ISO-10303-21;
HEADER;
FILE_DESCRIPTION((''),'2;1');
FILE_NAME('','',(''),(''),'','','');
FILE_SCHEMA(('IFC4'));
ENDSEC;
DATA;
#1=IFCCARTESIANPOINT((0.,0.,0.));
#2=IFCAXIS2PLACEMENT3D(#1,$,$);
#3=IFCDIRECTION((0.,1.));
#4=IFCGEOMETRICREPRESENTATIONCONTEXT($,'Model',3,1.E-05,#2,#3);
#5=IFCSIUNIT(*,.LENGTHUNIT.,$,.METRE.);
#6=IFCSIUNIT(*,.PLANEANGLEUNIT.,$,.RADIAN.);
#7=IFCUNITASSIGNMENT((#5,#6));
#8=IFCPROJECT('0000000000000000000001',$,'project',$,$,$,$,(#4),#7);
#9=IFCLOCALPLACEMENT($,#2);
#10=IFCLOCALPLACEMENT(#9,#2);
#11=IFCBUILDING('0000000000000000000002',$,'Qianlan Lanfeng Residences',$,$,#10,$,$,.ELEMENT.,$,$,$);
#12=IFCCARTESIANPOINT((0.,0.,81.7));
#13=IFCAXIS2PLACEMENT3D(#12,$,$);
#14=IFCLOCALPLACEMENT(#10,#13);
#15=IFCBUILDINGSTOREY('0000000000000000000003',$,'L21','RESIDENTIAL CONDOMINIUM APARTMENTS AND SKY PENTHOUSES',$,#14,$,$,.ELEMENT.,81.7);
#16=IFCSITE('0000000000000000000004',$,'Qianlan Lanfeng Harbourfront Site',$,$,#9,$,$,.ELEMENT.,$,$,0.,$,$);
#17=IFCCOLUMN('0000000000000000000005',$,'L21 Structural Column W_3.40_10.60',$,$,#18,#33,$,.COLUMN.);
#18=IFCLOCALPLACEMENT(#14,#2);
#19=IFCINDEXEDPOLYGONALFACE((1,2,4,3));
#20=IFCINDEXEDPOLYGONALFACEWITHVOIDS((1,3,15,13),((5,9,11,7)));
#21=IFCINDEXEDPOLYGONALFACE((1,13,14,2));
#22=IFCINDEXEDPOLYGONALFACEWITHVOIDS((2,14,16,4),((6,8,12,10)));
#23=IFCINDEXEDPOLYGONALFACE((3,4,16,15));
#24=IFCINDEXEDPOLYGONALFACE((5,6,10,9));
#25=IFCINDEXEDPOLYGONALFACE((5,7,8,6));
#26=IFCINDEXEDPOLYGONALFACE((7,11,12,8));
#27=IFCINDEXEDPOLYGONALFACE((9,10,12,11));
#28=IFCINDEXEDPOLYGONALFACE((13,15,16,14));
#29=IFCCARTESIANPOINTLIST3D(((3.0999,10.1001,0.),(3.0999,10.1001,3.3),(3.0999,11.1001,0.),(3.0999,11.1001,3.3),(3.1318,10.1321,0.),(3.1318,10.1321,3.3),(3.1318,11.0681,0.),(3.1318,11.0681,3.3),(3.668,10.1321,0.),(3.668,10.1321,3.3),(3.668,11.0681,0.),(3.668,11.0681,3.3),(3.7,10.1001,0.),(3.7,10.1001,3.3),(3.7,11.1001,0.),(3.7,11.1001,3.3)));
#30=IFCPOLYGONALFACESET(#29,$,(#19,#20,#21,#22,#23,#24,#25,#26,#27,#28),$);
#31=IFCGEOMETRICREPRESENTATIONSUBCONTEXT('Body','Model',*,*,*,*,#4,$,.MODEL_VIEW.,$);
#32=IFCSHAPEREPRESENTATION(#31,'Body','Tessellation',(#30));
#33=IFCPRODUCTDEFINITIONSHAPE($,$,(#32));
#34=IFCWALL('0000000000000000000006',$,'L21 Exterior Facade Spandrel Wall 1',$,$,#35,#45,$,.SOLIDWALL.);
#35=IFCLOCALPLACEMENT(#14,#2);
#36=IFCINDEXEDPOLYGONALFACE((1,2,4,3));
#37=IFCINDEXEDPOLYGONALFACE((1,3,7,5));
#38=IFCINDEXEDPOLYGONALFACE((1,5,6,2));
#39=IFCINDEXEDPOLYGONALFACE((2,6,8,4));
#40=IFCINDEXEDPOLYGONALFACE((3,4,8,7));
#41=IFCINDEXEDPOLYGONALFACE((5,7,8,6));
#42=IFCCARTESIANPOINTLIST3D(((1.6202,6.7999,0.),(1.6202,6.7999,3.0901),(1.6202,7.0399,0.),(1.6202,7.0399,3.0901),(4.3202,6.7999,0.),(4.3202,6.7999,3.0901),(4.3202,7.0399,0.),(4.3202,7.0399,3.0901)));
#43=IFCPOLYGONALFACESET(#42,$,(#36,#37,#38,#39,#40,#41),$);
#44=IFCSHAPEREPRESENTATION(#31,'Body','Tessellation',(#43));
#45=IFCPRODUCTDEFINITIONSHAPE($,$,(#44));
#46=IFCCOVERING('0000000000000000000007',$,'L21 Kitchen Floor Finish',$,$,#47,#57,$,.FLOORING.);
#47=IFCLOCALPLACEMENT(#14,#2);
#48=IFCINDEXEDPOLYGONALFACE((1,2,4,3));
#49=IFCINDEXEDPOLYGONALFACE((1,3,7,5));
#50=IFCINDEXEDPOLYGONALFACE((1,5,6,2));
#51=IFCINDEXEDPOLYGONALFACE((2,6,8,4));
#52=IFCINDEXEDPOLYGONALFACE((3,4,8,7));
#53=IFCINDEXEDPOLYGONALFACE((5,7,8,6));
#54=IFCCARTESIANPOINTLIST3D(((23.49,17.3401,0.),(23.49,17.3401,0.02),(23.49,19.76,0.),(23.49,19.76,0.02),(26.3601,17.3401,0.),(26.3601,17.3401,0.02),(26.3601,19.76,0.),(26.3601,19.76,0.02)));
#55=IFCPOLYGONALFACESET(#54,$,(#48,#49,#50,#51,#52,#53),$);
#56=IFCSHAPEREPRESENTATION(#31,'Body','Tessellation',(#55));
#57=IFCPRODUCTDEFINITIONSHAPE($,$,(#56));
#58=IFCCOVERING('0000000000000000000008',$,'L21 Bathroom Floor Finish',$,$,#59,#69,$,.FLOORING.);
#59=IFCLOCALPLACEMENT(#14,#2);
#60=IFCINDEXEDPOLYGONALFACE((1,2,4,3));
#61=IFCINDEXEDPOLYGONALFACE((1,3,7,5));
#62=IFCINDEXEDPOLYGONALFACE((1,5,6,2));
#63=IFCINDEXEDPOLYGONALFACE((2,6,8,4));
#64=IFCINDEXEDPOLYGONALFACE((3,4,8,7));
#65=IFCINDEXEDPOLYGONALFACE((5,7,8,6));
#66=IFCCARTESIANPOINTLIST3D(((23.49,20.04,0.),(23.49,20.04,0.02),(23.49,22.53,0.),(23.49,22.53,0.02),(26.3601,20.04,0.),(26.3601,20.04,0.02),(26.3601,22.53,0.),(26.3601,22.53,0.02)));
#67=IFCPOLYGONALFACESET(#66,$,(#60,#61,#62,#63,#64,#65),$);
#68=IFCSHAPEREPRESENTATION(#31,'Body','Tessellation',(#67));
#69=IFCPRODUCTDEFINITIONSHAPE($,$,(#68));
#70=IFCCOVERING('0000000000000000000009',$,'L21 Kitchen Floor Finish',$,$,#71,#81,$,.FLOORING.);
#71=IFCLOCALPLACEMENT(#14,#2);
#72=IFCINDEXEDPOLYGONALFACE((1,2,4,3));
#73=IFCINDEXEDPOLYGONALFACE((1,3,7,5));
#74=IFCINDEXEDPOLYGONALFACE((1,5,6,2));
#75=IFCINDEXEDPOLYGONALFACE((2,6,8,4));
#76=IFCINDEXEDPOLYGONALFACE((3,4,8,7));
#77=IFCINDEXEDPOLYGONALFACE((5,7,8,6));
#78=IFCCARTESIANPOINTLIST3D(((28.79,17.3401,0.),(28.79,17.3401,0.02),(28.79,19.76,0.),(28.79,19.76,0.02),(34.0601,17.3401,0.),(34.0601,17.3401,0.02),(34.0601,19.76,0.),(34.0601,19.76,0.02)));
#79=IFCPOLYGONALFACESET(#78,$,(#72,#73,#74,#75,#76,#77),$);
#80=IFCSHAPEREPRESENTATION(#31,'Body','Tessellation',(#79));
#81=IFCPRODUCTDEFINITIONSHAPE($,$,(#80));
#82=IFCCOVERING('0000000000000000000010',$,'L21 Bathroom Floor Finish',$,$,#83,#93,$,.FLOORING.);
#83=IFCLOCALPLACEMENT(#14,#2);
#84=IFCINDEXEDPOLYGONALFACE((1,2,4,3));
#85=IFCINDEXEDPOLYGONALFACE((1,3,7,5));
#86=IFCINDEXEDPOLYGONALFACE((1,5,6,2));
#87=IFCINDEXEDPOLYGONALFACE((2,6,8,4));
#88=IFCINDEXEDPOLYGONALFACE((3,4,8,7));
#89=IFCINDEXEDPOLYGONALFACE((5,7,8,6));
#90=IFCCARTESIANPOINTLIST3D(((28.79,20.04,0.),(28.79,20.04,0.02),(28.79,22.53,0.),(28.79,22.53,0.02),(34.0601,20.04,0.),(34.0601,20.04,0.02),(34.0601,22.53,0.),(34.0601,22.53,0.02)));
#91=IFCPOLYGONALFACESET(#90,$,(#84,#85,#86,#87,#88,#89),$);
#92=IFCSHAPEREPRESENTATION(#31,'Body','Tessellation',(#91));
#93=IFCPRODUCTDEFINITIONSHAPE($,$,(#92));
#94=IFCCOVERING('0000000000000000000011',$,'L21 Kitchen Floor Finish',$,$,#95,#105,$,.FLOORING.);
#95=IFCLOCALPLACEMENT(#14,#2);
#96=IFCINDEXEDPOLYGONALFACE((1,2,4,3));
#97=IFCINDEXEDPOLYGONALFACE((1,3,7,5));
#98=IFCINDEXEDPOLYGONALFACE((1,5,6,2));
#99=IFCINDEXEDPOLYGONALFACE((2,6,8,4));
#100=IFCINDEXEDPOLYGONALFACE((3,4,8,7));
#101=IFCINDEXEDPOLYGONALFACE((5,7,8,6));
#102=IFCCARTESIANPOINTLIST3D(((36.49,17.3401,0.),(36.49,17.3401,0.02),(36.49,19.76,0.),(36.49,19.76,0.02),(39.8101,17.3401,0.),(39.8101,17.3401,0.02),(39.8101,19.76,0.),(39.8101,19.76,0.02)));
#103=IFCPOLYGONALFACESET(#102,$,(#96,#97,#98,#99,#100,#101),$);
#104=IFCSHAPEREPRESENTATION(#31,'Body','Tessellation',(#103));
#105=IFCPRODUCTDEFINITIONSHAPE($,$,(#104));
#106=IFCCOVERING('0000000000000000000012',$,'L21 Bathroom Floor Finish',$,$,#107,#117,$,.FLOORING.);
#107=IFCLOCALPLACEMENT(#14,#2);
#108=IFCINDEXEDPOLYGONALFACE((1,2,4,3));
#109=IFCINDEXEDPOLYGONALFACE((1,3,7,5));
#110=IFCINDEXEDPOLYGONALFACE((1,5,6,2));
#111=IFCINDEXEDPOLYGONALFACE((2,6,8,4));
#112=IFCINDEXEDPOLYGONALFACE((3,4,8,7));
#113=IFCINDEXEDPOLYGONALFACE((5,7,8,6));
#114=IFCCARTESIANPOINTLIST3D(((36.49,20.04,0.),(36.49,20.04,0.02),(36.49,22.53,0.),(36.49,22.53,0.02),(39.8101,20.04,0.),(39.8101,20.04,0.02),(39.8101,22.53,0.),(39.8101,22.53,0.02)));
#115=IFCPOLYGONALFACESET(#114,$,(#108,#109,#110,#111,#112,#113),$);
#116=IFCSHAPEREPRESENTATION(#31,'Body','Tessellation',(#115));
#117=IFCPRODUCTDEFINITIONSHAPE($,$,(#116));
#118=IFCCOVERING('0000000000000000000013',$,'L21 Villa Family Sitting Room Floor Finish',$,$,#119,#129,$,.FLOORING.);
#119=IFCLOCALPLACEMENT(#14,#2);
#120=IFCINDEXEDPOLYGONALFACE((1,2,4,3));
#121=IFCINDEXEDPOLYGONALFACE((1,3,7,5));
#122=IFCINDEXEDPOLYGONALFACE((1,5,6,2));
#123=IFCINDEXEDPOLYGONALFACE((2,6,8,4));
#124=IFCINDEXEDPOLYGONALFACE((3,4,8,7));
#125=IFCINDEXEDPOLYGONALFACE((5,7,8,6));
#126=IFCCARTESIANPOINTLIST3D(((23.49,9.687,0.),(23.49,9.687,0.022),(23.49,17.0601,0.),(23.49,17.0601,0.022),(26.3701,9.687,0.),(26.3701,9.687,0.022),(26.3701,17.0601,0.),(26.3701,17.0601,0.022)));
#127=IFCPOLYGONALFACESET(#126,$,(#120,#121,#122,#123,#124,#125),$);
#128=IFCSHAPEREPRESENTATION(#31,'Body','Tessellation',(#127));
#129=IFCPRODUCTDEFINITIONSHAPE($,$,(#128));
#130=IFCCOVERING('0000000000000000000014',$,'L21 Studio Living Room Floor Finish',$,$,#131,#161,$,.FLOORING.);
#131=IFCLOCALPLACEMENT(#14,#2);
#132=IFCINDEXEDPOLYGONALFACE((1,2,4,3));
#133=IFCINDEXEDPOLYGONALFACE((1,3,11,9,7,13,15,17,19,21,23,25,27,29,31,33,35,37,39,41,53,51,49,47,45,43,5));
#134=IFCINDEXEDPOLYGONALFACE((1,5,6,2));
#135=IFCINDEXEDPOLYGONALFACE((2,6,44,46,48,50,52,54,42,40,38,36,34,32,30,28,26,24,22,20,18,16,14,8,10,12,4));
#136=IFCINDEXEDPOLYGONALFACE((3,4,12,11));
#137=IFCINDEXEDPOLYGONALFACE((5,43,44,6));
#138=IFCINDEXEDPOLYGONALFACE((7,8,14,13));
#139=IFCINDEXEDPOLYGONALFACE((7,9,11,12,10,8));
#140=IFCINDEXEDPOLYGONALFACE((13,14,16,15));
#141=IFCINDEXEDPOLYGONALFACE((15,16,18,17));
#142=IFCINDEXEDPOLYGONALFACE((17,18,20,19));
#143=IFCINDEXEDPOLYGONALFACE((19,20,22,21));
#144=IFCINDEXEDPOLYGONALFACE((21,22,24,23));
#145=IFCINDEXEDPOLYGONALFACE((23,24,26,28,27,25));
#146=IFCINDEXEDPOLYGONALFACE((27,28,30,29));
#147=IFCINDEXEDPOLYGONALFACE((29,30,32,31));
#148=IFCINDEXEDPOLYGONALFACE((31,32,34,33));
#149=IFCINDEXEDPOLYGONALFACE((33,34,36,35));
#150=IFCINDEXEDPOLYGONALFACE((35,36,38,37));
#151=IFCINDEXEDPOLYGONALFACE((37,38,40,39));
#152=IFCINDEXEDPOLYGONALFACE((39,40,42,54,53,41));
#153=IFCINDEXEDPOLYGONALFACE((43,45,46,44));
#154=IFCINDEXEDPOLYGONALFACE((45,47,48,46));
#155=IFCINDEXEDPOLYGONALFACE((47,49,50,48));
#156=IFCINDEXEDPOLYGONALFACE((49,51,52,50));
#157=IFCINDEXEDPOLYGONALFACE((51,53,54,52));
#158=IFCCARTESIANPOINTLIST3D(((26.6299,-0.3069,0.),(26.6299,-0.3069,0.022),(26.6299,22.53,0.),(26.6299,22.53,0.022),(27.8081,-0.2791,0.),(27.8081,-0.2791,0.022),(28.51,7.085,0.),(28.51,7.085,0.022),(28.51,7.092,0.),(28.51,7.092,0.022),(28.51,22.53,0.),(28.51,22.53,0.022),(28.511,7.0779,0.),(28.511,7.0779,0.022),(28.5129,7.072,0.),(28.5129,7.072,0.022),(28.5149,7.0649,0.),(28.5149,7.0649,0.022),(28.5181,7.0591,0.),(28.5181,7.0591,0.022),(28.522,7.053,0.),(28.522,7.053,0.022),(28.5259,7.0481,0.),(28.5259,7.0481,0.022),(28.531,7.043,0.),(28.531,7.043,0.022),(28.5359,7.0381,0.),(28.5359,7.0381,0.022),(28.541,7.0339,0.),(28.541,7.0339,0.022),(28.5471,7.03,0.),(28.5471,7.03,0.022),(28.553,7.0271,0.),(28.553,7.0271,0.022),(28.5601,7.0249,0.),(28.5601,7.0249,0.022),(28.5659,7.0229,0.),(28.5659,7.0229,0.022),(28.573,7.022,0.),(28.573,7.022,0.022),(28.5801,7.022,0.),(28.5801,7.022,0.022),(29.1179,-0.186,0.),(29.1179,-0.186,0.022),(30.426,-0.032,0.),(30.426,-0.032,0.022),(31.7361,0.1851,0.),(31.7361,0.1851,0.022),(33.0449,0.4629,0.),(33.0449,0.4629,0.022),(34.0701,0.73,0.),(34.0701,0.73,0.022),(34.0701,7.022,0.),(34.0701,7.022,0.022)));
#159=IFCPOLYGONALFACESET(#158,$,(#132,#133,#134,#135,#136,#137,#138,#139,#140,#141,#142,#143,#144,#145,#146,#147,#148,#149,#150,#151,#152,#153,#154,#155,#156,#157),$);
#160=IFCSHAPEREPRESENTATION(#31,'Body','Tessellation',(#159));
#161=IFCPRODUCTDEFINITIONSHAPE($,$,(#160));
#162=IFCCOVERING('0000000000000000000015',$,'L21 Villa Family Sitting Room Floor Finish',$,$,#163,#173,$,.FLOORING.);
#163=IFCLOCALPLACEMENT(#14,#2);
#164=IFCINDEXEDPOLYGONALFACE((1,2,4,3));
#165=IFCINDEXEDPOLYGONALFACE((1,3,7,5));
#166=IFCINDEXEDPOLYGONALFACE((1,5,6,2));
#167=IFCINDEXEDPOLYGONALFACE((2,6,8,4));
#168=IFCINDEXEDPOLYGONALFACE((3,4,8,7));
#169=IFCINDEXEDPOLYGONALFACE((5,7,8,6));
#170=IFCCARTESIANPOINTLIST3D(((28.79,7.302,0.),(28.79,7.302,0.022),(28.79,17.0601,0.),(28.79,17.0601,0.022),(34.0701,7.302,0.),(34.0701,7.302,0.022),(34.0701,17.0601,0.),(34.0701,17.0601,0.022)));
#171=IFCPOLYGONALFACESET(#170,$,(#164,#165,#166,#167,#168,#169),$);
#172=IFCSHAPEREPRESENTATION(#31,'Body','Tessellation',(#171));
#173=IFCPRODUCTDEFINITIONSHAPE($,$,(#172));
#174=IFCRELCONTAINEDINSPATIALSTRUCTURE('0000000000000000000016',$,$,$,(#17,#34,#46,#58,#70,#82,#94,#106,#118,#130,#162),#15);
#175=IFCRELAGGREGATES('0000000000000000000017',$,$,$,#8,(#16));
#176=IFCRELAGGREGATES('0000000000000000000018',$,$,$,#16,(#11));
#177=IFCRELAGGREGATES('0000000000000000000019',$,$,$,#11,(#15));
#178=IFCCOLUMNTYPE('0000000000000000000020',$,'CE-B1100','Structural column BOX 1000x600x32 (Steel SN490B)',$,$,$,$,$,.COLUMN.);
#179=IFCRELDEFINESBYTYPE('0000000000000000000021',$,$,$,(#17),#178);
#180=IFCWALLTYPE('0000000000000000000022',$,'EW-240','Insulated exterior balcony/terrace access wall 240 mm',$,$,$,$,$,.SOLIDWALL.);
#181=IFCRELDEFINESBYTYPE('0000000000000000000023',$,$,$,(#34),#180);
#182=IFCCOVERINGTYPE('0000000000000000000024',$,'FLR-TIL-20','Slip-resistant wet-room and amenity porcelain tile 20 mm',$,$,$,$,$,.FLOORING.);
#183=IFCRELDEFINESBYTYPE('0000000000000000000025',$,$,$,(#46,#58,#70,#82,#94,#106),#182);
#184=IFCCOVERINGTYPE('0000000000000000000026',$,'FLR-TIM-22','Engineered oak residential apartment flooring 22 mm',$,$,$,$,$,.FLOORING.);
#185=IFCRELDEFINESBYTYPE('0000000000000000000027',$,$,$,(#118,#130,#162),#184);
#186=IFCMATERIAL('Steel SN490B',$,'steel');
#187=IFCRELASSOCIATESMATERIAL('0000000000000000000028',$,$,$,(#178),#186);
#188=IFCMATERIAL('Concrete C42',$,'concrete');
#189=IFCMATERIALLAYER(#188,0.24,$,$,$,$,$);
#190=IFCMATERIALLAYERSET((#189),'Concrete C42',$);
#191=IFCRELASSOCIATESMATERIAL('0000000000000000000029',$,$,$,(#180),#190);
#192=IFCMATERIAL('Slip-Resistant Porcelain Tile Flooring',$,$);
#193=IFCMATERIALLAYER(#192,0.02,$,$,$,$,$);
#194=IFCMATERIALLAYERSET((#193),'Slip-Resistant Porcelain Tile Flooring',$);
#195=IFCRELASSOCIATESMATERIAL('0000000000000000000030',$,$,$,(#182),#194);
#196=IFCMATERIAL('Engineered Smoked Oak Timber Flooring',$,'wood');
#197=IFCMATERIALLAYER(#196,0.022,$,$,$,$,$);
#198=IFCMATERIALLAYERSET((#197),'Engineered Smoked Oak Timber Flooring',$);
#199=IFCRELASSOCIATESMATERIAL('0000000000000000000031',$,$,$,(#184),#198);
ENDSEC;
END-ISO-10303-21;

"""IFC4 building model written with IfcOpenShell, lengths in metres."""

from ifc_helpers import new_model, si_unit, direction, frame, frame_2d, origin, origin_2d, place, context, subcontext, project, spatial, polyline, rectangle, hollow_rectangle, outline, extrude, material, layer, layer_set, material_profile, profile_set, type_object, element, save


model = new_model("IFC4")

# Units and contexts
model_context = context("Model", 3, precision=1e-05, world=origin(), true_north=direction((0.0, 1.0)))
body_context = subcontext(model_context, "Body", "Model", "MODEL_VIEW")
ifc_project = project(units=[si_unit("LENGTHUNIT", "METRE"), si_unit("PLANEANGLEUNIT", "RADIAN")], contexts=[model_context])

# Site, building, storey
site_placement = place(None, origin())
site = spatial("IfcSite", under=ifc_project, at=site_placement, Name="Qianlan Lanfeng Harbourfront Site", CompositionType="ELEMENT", RefElevation=0.0)
building_placement = place(site_placement, origin())
building = spatial("IfcBuilding", under=site, at=building_placement, Name="Qianlan Lanfeng Residences", CompositionType="ELEMENT")
storey_placement = place(building_placement, frame((0.0, 0.0, 81.7)))
storey = spatial("IfcBuildingStorey", under=building, at=storey_placement, Name="L21", Description="RESIDENTIAL CONDOMINIUM APARTMENTS AND SKY PENTHOUSES", CompositionType="ELEMENT", Elevation=81.7)

# Column
ifc_material_1 = material(Name="Steel SN490B", Category="steel")
ifc_material_profile = material_profile(ifc_material_1, hollow_rectangle(XDim=0.6001, YDim=1.0, WallThickness=0.032, at=origin_2d()), Name="BOX 1000x600x32")
ifc_profile_set = profile_set([ifc_material_profile], Name="Steel SN490B")
column_type = type_object("IfcColumnType", Name="CE-B1100", Description="Structural column BOX 1000x600x32 (Steel SN490B)", PredefinedType="COLUMN", material=ifc_profile_set)
column_placement = place(storey_placement, frame((3.3999, 10.6001, 0.0), z_axis=(0.0, 0.0, 1.0), x_axis=(1.0, 0.0, 0.0)))
element("IfcColumn", 1, at=column_placement, inside=storey, type_object=column_type, Name="L21 Structural Column W_3.40_10.60", PredefinedType="COLUMN", context=body_context, shape_type="SweptSolid", body=[
    extrude(hollow_rectangle(XDim=0.6001, YDim=1.0, WallThickness=0.032, at=origin_2d()), origin(), (0.0, 0.0, 1.0), 3.3),
])

# Wall
ifc_material_2 = material(Name="Concrete C42", Category="concrete")
ifc_layer_1 = layer(ifc_material_2, 0.24)
ifc_layer_set_1 = layer_set([ifc_layer_1], Name="Concrete C42")
wall_type = type_object("IfcWallType", Name="EW-240", Description="Insulated exterior balcony/terrace access wall 240 mm", PredefinedType="SOLIDWALL", material=ifc_layer_set_1)
wall_placement = place(storey_placement, frame((1.6201, 6.9199, 0.0), z_axis=(0.0, 0.0, 1.0), x_axis=(1.0, 0.0, 0.0)))
element("IfcWall", 2, at=wall_placement, inside=storey, type_object=wall_type, Name="L21 Exterior Facade Spandrel Wall 1", PredefinedType="SOLIDWALL", context=body_context, shape_type="SweptSolid", body=[
    extrude(rectangle(XDim=2.7, YDim=0.24, at=frame_2d((1.3501, 0.0))), origin(), (0.0, 0.0, 1.0), 3.0901),
])

# Coverings
ifc_material_3 = material(Name="Slip-Resistant Porcelain Tile Flooring")
ifc_layer_2 = layer(ifc_material_3, 0.02)
ifc_layer_set_2 = layer_set([ifc_layer_2], Name="Slip-Resistant Porcelain Tile Flooring")
covering_type_1 = type_object("IfcCoveringType", Name="FLR-TIL-20", Description="Slip-resistant wet-room and amenity porcelain tile 20 mm", PredefinedType="FLOORING", material=ifc_layer_set_2)
covering_1_placement = place(storey_placement, origin())
element("IfcCovering", 3, at=covering_1_placement, inside=storey, type_object=covering_type_1, Name="L21 Kitchen Floor Finish", PredefinedType="FLOORING", context=body_context, shape_type="SweptSolid", body=[
    extrude(outline(polyline([(23.49, 17.3401), (26.3601, 17.3401), (26.3601, 19.76), (23.49, 19.76), (23.49, 17.3401)])), origin(), (0.0, 0.0, 1.0), 0.02),
])
covering_2_placement = place(storey_placement, origin())
element("IfcCovering", 4, at=covering_2_placement, inside=storey, type_object=covering_type_1, Name="L21 Bathroom Floor Finish", PredefinedType="FLOORING", context=body_context, shape_type="SweptSolid", body=[
    extrude(outline(polyline([(23.49, 20.04), (26.3601, 20.04), (26.3601, 22.53), (23.49, 22.53), (23.49, 20.04)])), origin(), (0.0, 0.0, 1.0), 0.02),
])
covering_3_placement = place(storey_placement, origin())
element("IfcCovering", 5, at=covering_3_placement, inside=storey, type_object=covering_type_1, Name="L21 Kitchen Floor Finish", PredefinedType="FLOORING", context=body_context, shape_type="SweptSolid", body=[
    extrude(outline(polyline([(28.79, 17.3401), (34.0601, 17.3401), (34.0601, 19.76), (28.79, 19.76), (28.79, 17.3401)])), origin(), (0.0, 0.0, 1.0), 0.02),
])
covering_4_placement = place(storey_placement, origin())
element("IfcCovering", 6, at=covering_4_placement, inside=storey, type_object=covering_type_1, Name="L21 Bathroom Floor Finish", PredefinedType="FLOORING", context=body_context, shape_type="SweptSolid", body=[
    extrude(outline(polyline([(28.79, 20.04), (34.0601, 20.04), (34.0601, 22.53), (28.79, 22.53), (28.79, 20.04)])), origin(), (0.0, 0.0, 1.0), 0.02),
])
covering_5_placement = place(storey_placement, origin())
element("IfcCovering", 7, at=covering_5_placement, inside=storey, type_object=covering_type_1, Name="L21 Kitchen Floor Finish", PredefinedType="FLOORING", context=body_context, shape_type="SweptSolid", body=[
    extrude(outline(polyline([(36.49, 17.3401), (39.8101, 17.3401), (39.8101, 19.76), (36.49, 19.76), (36.49, 17.3401)])), origin(), (0.0, 0.0, 1.0), 0.02),
])
covering_6_placement = place(storey_placement, origin())
element("IfcCovering", 8, at=covering_6_placement, inside=storey, type_object=covering_type_1, Name="L21 Bathroom Floor Finish", PredefinedType="FLOORING", context=body_context, shape_type="SweptSolid", body=[
    extrude(outline(polyline([(36.49, 20.04), (39.8101, 20.04), (39.8101, 22.53), (36.49, 22.53), (36.49, 20.04)])), origin(), (0.0, 0.0, 1.0), 0.02),
])
ifc_material_4 = material(Name="Engineered Smoked Oak Timber Flooring", Category="wood")
ifc_layer_3 = layer(ifc_material_4, 0.022)
ifc_layer_set_3 = layer_set([ifc_layer_3], Name="Engineered Smoked Oak Timber Flooring")
covering_type_2 = type_object("IfcCoveringType", Name="FLR-TIM-22", Description="Engineered oak residential apartment flooring 22 mm", PredefinedType="FLOORING", material=ifc_layer_set_3)
covering_7_placement = place(storey_placement, origin())
element("IfcCovering", 9, at=covering_7_placement, inside=storey, type_object=covering_type_2, Name="L21 Villa Family Sitting Room Floor Finish", PredefinedType="FLOORING", context=body_context, shape_type="SweptSolid", body=[
    extrude(outline(polyline([(23.49, 17.0601), (23.49, 9.687), (26.3701, 9.687), (26.3701, 17.0601), (23.49, 17.0601)])), origin(), (0.0, 0.0, 1.0), 0.022),
])
covering_8_placement = place(storey_placement, origin())
element("IfcCovering", 10, at=covering_8_placement, inside=storey, type_object=covering_type_2, Name="L21 Studio Living Room Floor Finish", PredefinedType="FLOORING", context=body_context, shape_type="SweptSolid", body=[
    extrude(outline(polyline([(34.0701, 0.73), (34.0701, 7.022), (28.5801, 7.022), (28.573, 7.022), (28.5659, 7.0229), (28.5601, 7.0249), (28.553, 7.0271), (28.5471, 7.03), (28.541, 7.0339), (28.5359, 7.0381), (28.531, 7.043), (28.5259, 7.0481), (28.522, 7.053), (28.5181, 7.0591), (28.5149, 7.0649), (28.5129, 7.072), (28.511, 7.0779), (28.51, 7.085), (28.51, 7.092), (28.51, 22.53), (26.6299, 22.53), (26.6299, -0.3069), (27.8081, -0.2791), (29.1179, -0.186), (30.426, -0.032), (31.7361, 0.1851), (33.0449, 0.4629), (34.0701, 0.73)])), origin(), (0.0, 0.0, 1.0), 0.022),
])
covering_9_placement = place(storey_placement, origin())
element("IfcCovering", 11, at=covering_9_placement, inside=storey, type_object=covering_type_2, Name="L21 Villa Family Sitting Room Floor Finish", PredefinedType="FLOORING", context=body_context, shape_type="SweptSolid", body=[
    extrude(outline(polyline([(28.79, 17.0601), (28.79, 7.302), (34.0701, 7.302), (34.0701, 17.0601), (28.79, 17.0601)])), origin(), (0.0, 0.0, 1.0), 0.022),
])

save(model, "model.ifc")
